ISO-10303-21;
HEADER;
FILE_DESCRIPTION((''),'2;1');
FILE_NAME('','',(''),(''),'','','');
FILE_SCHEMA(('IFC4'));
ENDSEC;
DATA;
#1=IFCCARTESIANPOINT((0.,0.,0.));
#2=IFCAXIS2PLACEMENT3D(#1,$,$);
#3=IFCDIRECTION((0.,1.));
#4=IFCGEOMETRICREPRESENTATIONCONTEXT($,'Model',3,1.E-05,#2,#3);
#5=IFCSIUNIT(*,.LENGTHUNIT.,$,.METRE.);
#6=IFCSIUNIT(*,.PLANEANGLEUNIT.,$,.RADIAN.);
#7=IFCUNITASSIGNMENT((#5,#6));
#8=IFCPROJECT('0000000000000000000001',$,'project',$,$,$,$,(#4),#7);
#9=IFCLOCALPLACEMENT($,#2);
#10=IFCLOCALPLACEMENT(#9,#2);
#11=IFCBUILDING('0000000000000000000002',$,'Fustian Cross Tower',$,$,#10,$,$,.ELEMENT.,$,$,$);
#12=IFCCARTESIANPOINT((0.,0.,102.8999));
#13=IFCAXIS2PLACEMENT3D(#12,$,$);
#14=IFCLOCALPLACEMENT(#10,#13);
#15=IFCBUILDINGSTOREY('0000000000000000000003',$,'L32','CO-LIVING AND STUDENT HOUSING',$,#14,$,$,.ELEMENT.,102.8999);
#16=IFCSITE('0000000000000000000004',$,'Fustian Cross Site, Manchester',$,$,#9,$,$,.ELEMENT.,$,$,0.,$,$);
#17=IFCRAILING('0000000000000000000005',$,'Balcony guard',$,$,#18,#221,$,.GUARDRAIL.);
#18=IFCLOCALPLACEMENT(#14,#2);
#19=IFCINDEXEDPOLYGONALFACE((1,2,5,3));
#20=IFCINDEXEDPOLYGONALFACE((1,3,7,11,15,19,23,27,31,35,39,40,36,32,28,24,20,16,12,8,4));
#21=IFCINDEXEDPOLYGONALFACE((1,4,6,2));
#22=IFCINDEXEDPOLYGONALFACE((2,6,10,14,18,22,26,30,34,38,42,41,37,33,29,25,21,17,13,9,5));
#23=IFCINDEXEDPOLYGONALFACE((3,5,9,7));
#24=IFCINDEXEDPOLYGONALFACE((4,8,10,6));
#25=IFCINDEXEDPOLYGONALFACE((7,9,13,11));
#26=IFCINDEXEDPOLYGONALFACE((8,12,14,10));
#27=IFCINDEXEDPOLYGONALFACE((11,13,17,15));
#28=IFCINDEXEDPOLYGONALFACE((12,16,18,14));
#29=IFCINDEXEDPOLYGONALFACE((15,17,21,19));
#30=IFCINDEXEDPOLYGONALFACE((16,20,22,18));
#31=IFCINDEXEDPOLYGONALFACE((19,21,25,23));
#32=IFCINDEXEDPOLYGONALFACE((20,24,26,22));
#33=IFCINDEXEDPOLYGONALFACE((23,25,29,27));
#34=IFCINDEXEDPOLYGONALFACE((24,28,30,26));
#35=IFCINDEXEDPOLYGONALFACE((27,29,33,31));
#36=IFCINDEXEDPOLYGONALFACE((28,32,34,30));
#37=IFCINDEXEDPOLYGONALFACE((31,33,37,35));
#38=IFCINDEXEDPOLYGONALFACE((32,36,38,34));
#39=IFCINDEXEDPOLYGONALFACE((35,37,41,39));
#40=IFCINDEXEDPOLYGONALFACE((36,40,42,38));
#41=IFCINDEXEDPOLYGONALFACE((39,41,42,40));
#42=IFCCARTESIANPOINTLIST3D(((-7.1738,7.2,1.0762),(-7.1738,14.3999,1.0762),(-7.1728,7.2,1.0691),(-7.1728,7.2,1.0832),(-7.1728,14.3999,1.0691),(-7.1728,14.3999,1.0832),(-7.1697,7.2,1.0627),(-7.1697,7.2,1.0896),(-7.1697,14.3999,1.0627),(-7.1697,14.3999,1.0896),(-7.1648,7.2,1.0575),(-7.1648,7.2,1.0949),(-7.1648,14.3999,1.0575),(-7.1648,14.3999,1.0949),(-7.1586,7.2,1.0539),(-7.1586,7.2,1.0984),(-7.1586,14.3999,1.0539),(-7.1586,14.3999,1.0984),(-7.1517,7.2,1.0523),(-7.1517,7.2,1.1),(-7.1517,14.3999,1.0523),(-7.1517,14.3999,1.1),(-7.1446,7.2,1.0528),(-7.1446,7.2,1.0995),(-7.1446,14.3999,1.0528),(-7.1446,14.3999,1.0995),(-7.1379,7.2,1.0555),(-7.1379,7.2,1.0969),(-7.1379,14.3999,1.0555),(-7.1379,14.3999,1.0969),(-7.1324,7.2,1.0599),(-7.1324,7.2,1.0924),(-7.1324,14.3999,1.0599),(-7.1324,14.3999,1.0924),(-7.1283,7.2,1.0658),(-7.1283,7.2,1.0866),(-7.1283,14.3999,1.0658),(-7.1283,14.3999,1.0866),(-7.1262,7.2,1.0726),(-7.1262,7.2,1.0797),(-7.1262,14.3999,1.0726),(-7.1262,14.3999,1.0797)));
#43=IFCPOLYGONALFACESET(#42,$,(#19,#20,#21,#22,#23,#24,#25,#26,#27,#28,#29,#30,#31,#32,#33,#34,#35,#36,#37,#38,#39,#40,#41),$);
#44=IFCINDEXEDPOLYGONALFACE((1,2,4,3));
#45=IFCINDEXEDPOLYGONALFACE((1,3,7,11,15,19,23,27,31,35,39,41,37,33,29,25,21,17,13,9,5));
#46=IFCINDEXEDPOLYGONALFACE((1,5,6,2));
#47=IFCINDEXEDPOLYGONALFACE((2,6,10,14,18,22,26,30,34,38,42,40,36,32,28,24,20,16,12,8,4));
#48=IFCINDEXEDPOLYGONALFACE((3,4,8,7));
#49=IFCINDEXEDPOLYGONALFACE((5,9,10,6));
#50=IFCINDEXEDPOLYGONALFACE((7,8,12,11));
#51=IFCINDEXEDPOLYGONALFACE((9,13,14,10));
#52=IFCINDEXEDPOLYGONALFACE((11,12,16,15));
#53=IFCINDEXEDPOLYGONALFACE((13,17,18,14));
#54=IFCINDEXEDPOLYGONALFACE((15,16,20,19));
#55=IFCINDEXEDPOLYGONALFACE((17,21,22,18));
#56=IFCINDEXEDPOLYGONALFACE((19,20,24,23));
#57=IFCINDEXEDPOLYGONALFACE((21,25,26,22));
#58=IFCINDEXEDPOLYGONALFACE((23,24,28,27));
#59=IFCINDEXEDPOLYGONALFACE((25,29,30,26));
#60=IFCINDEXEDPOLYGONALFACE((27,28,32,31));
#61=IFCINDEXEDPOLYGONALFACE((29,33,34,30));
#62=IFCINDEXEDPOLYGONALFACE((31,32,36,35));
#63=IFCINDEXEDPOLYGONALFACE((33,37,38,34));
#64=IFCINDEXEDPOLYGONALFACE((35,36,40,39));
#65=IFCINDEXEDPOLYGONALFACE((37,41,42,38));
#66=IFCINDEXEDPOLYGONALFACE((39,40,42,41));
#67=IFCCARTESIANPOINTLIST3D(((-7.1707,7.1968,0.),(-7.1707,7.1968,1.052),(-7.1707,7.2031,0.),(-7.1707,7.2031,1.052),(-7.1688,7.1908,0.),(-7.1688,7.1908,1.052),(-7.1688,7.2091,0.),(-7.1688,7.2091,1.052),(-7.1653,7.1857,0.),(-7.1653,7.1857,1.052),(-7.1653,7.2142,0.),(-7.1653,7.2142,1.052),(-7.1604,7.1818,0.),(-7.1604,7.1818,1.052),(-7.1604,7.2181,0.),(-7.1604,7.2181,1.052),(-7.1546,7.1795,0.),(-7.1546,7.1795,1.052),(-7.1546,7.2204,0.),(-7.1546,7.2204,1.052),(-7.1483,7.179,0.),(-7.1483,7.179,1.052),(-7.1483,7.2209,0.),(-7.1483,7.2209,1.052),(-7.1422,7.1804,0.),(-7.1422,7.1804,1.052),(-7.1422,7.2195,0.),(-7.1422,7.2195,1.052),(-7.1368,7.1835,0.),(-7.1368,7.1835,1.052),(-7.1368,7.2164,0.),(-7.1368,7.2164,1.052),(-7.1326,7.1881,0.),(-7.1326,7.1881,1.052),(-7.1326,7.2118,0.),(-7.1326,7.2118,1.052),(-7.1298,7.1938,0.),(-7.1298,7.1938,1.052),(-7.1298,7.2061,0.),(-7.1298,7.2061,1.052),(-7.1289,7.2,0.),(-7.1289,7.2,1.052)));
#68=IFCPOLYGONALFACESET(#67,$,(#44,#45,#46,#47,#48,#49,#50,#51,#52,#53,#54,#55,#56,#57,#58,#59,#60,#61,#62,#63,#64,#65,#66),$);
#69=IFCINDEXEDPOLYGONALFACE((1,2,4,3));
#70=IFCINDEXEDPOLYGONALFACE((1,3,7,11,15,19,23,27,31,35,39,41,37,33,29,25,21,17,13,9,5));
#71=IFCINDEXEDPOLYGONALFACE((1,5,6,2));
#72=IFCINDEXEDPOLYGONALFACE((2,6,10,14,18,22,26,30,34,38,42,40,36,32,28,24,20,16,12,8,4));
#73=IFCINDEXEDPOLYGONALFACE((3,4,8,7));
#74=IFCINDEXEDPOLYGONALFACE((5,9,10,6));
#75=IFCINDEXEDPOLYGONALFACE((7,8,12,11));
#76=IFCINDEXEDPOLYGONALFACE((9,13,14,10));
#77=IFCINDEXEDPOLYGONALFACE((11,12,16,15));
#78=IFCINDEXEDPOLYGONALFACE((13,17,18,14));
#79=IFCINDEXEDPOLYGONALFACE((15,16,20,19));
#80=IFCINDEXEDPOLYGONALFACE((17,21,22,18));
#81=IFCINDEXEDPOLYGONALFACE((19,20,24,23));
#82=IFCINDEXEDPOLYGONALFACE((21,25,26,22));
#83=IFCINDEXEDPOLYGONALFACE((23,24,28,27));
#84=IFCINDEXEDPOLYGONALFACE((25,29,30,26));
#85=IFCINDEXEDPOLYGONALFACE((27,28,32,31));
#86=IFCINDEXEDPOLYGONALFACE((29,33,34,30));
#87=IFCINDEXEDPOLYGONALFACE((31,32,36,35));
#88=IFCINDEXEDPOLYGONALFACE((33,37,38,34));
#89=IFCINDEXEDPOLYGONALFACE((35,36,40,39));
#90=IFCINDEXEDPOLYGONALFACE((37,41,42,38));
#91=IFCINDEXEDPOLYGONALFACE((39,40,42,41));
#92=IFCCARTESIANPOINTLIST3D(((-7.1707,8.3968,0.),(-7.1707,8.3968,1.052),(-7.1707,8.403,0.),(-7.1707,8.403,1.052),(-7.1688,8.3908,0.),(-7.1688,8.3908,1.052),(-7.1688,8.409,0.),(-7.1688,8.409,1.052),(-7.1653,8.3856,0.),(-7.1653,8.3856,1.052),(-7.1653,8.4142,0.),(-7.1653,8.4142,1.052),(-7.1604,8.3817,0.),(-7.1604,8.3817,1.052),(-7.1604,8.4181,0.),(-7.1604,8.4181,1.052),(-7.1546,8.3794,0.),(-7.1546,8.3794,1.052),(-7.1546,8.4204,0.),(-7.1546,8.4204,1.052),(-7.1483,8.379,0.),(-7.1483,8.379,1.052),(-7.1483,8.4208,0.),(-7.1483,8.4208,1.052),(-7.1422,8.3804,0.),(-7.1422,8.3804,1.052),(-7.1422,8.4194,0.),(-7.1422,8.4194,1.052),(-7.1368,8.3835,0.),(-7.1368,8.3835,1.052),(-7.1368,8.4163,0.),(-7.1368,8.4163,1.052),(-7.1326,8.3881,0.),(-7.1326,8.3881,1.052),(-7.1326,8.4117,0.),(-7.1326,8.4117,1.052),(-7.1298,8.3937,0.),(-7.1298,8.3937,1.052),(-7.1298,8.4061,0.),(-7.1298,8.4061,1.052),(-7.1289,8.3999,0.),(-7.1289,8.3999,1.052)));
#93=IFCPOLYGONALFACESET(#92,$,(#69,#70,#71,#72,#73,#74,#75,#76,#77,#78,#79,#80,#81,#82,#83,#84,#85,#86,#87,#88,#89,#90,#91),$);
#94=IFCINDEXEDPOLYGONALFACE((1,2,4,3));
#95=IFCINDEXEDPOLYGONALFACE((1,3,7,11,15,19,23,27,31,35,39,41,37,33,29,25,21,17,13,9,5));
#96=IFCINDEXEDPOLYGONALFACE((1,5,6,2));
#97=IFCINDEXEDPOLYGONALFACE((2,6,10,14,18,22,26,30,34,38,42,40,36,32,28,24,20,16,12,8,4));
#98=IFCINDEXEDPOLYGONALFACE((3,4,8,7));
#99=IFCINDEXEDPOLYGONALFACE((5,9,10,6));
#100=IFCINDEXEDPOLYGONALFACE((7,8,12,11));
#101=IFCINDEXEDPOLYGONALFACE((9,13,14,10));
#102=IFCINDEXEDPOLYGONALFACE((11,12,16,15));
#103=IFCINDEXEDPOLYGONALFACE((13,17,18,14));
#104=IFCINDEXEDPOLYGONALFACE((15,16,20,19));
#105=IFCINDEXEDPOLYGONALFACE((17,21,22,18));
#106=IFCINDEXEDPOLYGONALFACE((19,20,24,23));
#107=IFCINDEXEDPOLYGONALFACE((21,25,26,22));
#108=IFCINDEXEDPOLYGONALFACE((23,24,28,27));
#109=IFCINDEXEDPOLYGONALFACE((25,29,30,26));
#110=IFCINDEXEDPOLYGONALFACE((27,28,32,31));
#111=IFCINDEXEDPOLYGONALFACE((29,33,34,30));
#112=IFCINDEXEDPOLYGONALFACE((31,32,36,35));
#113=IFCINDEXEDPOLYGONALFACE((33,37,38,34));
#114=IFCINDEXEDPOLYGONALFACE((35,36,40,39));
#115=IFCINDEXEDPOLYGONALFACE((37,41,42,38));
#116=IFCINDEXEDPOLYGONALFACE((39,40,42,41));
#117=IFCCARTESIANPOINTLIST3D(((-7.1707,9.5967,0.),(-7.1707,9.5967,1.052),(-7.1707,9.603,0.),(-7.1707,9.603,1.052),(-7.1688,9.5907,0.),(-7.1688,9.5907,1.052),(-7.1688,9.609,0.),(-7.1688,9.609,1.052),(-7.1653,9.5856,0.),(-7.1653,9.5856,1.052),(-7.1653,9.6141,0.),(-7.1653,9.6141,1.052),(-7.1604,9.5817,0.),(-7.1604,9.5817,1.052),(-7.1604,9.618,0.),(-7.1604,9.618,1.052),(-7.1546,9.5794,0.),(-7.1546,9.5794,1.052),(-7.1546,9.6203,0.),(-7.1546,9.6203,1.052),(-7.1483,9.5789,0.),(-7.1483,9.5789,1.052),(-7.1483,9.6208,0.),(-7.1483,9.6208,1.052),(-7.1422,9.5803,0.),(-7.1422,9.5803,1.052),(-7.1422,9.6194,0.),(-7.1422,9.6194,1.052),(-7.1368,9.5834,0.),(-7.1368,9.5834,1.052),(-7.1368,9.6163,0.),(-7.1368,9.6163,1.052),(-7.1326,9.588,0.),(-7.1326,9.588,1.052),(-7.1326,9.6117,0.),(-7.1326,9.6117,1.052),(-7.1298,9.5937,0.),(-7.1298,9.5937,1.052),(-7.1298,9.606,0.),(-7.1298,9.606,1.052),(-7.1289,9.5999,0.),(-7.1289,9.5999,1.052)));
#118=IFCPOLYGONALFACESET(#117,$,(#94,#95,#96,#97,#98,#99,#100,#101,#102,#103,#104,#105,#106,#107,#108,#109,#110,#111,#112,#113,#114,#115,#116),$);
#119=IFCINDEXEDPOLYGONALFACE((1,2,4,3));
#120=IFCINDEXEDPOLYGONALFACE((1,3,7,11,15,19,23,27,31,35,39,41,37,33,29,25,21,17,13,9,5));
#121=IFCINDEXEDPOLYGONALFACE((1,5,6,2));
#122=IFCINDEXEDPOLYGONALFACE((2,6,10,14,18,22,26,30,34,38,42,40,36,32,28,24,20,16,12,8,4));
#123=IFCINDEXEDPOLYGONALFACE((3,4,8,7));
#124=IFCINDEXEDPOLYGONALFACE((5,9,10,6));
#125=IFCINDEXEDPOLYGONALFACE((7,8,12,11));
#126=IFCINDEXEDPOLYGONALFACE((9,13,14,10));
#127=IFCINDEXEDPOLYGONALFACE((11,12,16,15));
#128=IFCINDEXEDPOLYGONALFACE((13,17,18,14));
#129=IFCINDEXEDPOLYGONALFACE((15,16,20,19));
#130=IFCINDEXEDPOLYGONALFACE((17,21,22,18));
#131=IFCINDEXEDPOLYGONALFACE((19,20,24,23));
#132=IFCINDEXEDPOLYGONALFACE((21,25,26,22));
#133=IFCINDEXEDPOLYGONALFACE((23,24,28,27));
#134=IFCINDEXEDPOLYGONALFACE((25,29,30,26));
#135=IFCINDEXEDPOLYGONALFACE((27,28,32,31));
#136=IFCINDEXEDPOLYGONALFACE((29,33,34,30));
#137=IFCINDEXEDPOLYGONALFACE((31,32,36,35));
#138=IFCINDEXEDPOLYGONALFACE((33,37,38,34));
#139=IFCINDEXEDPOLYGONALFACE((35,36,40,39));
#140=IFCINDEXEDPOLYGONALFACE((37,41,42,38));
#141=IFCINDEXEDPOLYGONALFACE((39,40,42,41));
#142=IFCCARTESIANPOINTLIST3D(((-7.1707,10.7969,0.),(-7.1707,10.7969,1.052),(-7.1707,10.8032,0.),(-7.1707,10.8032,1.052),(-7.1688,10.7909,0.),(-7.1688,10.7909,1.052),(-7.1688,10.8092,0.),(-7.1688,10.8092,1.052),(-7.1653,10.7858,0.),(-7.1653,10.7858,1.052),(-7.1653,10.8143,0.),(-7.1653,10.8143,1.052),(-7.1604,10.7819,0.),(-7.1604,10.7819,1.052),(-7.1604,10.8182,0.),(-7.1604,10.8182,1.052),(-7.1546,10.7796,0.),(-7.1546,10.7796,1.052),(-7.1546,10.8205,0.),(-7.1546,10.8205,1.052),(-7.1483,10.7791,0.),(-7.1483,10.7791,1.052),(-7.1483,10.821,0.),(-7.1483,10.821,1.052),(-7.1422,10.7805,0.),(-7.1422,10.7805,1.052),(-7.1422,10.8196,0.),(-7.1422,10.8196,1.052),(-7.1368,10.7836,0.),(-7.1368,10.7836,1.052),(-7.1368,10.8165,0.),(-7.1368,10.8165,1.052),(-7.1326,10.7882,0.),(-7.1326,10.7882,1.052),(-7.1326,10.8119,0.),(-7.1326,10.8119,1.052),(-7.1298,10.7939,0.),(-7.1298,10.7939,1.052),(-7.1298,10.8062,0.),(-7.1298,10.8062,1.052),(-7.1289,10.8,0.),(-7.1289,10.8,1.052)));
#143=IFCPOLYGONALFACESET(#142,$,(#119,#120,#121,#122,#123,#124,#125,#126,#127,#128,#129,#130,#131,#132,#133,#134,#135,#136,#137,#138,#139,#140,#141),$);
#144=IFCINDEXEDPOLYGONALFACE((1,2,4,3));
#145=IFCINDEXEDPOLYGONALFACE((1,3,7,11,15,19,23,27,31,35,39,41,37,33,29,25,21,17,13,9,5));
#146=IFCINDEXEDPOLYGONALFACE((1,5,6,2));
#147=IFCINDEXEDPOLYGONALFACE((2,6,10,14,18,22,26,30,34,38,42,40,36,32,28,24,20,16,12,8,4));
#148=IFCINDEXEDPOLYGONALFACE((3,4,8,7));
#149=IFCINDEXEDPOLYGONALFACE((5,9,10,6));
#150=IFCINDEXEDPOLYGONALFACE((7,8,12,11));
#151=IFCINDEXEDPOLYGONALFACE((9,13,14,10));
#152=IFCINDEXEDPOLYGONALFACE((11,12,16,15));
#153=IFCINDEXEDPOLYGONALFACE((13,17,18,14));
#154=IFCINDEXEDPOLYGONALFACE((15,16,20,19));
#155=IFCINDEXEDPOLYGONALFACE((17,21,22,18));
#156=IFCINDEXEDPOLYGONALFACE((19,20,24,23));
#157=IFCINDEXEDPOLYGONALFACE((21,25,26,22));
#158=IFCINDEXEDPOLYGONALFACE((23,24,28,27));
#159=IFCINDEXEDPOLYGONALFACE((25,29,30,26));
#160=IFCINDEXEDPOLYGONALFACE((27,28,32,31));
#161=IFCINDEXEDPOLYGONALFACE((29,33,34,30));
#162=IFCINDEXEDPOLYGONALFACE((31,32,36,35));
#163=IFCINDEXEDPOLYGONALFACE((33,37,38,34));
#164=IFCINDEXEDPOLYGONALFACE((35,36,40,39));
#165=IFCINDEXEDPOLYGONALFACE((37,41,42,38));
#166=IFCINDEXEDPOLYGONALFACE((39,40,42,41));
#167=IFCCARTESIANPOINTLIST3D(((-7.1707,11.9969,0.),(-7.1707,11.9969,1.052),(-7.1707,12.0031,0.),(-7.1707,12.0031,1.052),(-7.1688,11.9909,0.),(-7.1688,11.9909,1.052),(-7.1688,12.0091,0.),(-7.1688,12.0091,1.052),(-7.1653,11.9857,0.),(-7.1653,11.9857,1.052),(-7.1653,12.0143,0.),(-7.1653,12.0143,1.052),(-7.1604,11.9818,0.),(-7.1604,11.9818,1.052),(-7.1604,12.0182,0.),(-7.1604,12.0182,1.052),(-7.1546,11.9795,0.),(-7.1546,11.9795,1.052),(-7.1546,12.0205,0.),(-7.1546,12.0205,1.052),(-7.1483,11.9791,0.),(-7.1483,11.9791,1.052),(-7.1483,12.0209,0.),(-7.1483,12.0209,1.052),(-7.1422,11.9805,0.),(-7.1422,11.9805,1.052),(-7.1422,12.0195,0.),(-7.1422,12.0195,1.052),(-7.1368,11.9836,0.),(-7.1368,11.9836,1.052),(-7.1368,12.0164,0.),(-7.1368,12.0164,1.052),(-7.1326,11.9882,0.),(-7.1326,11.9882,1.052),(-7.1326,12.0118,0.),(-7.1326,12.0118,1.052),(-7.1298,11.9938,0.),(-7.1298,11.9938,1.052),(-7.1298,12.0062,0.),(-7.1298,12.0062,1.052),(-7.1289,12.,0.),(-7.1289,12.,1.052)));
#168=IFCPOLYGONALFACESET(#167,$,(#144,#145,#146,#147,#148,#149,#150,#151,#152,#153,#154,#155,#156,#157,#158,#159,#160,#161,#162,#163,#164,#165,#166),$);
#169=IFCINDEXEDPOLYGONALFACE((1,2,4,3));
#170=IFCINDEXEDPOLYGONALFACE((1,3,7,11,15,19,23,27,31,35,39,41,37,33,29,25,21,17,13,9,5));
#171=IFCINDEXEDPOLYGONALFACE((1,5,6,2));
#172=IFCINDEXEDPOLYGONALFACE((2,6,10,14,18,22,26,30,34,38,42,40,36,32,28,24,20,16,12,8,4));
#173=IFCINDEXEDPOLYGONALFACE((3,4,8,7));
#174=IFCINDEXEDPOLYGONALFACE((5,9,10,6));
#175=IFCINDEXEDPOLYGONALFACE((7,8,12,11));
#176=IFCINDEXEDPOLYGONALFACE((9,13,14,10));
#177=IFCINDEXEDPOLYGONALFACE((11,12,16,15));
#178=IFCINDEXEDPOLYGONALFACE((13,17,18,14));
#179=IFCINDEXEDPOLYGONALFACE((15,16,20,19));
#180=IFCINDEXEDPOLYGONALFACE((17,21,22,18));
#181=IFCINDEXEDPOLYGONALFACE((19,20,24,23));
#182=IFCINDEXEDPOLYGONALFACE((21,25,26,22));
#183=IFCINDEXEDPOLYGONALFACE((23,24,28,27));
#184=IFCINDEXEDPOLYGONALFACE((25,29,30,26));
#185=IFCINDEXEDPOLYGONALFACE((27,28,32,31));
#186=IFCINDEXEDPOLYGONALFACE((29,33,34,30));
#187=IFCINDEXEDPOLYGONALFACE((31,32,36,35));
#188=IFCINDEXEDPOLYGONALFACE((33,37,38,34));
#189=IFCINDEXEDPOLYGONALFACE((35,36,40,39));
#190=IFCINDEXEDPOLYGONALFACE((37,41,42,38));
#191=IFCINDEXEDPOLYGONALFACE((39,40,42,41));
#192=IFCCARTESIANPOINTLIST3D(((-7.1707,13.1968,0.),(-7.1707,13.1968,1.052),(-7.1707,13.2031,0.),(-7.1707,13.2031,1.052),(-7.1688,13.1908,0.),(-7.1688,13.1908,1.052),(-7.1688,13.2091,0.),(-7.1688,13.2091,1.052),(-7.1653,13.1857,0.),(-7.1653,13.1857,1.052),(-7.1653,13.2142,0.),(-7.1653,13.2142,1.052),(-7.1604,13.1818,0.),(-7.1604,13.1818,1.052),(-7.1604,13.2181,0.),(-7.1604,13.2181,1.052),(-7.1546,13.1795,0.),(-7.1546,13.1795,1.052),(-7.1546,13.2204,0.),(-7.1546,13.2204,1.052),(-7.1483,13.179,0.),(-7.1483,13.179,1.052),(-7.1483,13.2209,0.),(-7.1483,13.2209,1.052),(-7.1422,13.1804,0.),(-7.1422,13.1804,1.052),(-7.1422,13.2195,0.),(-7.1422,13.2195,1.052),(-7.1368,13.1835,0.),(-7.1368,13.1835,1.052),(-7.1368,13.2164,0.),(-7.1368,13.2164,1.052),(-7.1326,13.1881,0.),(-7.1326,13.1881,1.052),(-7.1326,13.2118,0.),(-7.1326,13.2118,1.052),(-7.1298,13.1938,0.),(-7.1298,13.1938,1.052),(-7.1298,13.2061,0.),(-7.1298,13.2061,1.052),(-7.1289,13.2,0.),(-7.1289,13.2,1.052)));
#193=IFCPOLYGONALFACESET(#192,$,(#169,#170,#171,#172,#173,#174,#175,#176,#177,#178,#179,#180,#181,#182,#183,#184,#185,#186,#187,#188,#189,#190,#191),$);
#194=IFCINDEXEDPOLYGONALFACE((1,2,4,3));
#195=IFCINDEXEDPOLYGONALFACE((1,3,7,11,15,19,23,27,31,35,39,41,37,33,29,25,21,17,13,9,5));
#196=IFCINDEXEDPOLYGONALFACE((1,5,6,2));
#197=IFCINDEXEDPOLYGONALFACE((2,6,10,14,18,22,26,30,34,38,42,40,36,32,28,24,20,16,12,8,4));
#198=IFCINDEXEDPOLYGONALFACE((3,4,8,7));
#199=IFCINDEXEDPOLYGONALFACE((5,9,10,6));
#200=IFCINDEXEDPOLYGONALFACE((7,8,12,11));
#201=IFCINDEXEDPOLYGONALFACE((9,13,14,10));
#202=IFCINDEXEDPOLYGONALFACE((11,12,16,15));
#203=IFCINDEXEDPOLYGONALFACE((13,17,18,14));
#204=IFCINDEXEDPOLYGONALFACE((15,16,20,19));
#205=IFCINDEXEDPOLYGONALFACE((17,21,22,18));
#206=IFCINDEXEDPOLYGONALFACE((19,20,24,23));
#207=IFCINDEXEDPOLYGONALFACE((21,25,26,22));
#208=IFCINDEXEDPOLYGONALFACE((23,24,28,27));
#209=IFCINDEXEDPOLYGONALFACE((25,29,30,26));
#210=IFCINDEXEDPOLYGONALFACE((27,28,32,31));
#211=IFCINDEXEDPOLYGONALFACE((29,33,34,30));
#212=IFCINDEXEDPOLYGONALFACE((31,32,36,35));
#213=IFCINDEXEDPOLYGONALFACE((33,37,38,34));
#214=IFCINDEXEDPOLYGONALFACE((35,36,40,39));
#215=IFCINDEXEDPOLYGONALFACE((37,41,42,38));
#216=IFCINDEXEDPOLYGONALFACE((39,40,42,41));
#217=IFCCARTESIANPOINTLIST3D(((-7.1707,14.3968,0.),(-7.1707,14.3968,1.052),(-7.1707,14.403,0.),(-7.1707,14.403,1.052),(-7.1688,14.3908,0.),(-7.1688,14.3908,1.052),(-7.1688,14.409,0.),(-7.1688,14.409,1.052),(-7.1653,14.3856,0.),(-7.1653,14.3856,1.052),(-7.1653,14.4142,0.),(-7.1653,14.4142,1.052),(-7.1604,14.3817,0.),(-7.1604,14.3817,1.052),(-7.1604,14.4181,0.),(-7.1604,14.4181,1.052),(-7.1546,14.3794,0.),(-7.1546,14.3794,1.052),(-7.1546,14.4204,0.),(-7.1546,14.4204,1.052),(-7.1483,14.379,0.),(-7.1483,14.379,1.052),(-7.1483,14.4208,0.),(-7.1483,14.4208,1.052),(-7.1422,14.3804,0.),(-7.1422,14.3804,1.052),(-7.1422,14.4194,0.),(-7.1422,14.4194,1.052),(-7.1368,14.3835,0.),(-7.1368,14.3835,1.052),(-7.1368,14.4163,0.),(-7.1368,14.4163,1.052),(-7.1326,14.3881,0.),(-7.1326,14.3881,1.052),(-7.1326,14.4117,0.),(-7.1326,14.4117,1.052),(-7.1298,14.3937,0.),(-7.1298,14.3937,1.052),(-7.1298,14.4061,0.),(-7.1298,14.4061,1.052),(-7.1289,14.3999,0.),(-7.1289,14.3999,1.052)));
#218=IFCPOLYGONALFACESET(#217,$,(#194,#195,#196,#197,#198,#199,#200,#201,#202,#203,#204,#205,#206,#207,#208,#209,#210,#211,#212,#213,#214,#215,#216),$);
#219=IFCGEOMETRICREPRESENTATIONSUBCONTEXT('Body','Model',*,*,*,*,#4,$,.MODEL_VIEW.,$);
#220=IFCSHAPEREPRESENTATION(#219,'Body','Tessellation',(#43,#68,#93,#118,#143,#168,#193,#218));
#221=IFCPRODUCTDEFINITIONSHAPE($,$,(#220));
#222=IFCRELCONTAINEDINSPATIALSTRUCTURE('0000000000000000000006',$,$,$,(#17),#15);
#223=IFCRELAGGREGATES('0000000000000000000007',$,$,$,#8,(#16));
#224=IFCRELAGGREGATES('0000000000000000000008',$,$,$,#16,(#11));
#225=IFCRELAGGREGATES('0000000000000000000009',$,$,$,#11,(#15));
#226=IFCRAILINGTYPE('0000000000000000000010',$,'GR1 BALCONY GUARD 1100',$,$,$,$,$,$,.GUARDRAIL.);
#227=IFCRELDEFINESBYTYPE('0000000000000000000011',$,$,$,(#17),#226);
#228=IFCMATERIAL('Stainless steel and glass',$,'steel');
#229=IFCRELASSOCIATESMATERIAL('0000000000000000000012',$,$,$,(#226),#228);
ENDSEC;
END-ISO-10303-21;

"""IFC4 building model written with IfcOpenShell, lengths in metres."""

from ifc_helpers import new_model, si_unit, direction, frame, origin, origin_2d, place, context, subcontext, project, spatial, circle, extrude, material, type_object, element, save


model = new_model("IFC4")

# Units and contexts
model_context = context("Model", 3, precision=1e-05, world=origin(), true_north=direction((0.0, 1.0)))
body_context = subcontext(model_context, "Body", "Model", "MODEL_VIEW")
ifc_project = project(units=[si_unit("LENGTHUNIT", "METRE"), si_unit("PLANEANGLEUNIT", "RADIAN")], contexts=[model_context])

# Site, building, storey
site_placement = place(None, origin())
site = spatial("IfcSite", under=ifc_project, at=site_placement, Name="Fustian Cross Site, Manchester", CompositionType="ELEMENT", RefElevation=0.0)
building_placement = place(site_placement, origin())
building = spatial("IfcBuilding", under=site, at=building_placement, Name="Fustian Cross Tower", CompositionType="ELEMENT")
storey_placement = place(building_placement, frame((0.0, 0.0, 102.8999)))
storey = spatial("IfcBuildingStorey", under=building, at=storey_placement, Name="L32", Description="CO-LIVING AND STUDENT HOUSING", CompositionType="ELEMENT", Elevation=102.8999)

# Railing
ifc_material_1 = material(Name="Stainless steel and glass", Category="steel")
railing_type = type_object("IfcRailingType", Name="GR1 BALCONY GUARD 1100", PredefinedType="GUARDRAIL", material=ifc_material_1)
railing_placement = place(storey_placement, frame((-7.1499, 7.2, 0.0)))
element("IfcRailing", 1, at=railing_placement, inside=storey, type_object=railing_type, Name="Balcony guard", PredefinedType="GUARDRAIL", context=body_context, shape_type="SweptSolid", body=[
    extrude(circle(Radius=0.0239, at=origin_2d()), frame((0.0, 0.0, 1.0762), z_axis=(0.0, 1.0, 0.0), x_axis=(-1.0, 0.0, 0.0)), (0.0, 0.0, 1.0), 7.2),
    extrude(circle(Radius=0.021, at=origin_2d()), origin(), (0.0, 0.0, 1.0), 1.052),
    extrude(circle(Radius=0.021, at=origin_2d()), frame((0.0, 1.2, 0.0)), (0.0, 0.0, 1.0), 1.052),
    extrude(circle(Radius=0.021, at=origin_2d()), frame((0.0, 2.3999, 0.0)), (0.0, 0.0, 1.0), 1.052),
    extrude(circle(Radius=0.021, at=origin_2d()), frame((0.0, 3.6001, 0.0)), (0.0, 0.0, 1.0), 1.052),
    extrude(circle(Radius=0.021, at=origin_2d()), frame((0.0, 4.8, 0.0)), (0.0, 0.0, 1.0), 1.052),
    extrude(circle(Radius=0.021, at=origin_2d()), frame((0.0, 6.0, 0.0)), (0.0, 0.0, 1.0), 1.052),
    extrude(circle(Radius=0.021, at=origin_2d()), frame((0.0, 7.2, 0.0)), (0.0, 0.0, 1.0), 1.052),
])

save(model, "model.ifc")
